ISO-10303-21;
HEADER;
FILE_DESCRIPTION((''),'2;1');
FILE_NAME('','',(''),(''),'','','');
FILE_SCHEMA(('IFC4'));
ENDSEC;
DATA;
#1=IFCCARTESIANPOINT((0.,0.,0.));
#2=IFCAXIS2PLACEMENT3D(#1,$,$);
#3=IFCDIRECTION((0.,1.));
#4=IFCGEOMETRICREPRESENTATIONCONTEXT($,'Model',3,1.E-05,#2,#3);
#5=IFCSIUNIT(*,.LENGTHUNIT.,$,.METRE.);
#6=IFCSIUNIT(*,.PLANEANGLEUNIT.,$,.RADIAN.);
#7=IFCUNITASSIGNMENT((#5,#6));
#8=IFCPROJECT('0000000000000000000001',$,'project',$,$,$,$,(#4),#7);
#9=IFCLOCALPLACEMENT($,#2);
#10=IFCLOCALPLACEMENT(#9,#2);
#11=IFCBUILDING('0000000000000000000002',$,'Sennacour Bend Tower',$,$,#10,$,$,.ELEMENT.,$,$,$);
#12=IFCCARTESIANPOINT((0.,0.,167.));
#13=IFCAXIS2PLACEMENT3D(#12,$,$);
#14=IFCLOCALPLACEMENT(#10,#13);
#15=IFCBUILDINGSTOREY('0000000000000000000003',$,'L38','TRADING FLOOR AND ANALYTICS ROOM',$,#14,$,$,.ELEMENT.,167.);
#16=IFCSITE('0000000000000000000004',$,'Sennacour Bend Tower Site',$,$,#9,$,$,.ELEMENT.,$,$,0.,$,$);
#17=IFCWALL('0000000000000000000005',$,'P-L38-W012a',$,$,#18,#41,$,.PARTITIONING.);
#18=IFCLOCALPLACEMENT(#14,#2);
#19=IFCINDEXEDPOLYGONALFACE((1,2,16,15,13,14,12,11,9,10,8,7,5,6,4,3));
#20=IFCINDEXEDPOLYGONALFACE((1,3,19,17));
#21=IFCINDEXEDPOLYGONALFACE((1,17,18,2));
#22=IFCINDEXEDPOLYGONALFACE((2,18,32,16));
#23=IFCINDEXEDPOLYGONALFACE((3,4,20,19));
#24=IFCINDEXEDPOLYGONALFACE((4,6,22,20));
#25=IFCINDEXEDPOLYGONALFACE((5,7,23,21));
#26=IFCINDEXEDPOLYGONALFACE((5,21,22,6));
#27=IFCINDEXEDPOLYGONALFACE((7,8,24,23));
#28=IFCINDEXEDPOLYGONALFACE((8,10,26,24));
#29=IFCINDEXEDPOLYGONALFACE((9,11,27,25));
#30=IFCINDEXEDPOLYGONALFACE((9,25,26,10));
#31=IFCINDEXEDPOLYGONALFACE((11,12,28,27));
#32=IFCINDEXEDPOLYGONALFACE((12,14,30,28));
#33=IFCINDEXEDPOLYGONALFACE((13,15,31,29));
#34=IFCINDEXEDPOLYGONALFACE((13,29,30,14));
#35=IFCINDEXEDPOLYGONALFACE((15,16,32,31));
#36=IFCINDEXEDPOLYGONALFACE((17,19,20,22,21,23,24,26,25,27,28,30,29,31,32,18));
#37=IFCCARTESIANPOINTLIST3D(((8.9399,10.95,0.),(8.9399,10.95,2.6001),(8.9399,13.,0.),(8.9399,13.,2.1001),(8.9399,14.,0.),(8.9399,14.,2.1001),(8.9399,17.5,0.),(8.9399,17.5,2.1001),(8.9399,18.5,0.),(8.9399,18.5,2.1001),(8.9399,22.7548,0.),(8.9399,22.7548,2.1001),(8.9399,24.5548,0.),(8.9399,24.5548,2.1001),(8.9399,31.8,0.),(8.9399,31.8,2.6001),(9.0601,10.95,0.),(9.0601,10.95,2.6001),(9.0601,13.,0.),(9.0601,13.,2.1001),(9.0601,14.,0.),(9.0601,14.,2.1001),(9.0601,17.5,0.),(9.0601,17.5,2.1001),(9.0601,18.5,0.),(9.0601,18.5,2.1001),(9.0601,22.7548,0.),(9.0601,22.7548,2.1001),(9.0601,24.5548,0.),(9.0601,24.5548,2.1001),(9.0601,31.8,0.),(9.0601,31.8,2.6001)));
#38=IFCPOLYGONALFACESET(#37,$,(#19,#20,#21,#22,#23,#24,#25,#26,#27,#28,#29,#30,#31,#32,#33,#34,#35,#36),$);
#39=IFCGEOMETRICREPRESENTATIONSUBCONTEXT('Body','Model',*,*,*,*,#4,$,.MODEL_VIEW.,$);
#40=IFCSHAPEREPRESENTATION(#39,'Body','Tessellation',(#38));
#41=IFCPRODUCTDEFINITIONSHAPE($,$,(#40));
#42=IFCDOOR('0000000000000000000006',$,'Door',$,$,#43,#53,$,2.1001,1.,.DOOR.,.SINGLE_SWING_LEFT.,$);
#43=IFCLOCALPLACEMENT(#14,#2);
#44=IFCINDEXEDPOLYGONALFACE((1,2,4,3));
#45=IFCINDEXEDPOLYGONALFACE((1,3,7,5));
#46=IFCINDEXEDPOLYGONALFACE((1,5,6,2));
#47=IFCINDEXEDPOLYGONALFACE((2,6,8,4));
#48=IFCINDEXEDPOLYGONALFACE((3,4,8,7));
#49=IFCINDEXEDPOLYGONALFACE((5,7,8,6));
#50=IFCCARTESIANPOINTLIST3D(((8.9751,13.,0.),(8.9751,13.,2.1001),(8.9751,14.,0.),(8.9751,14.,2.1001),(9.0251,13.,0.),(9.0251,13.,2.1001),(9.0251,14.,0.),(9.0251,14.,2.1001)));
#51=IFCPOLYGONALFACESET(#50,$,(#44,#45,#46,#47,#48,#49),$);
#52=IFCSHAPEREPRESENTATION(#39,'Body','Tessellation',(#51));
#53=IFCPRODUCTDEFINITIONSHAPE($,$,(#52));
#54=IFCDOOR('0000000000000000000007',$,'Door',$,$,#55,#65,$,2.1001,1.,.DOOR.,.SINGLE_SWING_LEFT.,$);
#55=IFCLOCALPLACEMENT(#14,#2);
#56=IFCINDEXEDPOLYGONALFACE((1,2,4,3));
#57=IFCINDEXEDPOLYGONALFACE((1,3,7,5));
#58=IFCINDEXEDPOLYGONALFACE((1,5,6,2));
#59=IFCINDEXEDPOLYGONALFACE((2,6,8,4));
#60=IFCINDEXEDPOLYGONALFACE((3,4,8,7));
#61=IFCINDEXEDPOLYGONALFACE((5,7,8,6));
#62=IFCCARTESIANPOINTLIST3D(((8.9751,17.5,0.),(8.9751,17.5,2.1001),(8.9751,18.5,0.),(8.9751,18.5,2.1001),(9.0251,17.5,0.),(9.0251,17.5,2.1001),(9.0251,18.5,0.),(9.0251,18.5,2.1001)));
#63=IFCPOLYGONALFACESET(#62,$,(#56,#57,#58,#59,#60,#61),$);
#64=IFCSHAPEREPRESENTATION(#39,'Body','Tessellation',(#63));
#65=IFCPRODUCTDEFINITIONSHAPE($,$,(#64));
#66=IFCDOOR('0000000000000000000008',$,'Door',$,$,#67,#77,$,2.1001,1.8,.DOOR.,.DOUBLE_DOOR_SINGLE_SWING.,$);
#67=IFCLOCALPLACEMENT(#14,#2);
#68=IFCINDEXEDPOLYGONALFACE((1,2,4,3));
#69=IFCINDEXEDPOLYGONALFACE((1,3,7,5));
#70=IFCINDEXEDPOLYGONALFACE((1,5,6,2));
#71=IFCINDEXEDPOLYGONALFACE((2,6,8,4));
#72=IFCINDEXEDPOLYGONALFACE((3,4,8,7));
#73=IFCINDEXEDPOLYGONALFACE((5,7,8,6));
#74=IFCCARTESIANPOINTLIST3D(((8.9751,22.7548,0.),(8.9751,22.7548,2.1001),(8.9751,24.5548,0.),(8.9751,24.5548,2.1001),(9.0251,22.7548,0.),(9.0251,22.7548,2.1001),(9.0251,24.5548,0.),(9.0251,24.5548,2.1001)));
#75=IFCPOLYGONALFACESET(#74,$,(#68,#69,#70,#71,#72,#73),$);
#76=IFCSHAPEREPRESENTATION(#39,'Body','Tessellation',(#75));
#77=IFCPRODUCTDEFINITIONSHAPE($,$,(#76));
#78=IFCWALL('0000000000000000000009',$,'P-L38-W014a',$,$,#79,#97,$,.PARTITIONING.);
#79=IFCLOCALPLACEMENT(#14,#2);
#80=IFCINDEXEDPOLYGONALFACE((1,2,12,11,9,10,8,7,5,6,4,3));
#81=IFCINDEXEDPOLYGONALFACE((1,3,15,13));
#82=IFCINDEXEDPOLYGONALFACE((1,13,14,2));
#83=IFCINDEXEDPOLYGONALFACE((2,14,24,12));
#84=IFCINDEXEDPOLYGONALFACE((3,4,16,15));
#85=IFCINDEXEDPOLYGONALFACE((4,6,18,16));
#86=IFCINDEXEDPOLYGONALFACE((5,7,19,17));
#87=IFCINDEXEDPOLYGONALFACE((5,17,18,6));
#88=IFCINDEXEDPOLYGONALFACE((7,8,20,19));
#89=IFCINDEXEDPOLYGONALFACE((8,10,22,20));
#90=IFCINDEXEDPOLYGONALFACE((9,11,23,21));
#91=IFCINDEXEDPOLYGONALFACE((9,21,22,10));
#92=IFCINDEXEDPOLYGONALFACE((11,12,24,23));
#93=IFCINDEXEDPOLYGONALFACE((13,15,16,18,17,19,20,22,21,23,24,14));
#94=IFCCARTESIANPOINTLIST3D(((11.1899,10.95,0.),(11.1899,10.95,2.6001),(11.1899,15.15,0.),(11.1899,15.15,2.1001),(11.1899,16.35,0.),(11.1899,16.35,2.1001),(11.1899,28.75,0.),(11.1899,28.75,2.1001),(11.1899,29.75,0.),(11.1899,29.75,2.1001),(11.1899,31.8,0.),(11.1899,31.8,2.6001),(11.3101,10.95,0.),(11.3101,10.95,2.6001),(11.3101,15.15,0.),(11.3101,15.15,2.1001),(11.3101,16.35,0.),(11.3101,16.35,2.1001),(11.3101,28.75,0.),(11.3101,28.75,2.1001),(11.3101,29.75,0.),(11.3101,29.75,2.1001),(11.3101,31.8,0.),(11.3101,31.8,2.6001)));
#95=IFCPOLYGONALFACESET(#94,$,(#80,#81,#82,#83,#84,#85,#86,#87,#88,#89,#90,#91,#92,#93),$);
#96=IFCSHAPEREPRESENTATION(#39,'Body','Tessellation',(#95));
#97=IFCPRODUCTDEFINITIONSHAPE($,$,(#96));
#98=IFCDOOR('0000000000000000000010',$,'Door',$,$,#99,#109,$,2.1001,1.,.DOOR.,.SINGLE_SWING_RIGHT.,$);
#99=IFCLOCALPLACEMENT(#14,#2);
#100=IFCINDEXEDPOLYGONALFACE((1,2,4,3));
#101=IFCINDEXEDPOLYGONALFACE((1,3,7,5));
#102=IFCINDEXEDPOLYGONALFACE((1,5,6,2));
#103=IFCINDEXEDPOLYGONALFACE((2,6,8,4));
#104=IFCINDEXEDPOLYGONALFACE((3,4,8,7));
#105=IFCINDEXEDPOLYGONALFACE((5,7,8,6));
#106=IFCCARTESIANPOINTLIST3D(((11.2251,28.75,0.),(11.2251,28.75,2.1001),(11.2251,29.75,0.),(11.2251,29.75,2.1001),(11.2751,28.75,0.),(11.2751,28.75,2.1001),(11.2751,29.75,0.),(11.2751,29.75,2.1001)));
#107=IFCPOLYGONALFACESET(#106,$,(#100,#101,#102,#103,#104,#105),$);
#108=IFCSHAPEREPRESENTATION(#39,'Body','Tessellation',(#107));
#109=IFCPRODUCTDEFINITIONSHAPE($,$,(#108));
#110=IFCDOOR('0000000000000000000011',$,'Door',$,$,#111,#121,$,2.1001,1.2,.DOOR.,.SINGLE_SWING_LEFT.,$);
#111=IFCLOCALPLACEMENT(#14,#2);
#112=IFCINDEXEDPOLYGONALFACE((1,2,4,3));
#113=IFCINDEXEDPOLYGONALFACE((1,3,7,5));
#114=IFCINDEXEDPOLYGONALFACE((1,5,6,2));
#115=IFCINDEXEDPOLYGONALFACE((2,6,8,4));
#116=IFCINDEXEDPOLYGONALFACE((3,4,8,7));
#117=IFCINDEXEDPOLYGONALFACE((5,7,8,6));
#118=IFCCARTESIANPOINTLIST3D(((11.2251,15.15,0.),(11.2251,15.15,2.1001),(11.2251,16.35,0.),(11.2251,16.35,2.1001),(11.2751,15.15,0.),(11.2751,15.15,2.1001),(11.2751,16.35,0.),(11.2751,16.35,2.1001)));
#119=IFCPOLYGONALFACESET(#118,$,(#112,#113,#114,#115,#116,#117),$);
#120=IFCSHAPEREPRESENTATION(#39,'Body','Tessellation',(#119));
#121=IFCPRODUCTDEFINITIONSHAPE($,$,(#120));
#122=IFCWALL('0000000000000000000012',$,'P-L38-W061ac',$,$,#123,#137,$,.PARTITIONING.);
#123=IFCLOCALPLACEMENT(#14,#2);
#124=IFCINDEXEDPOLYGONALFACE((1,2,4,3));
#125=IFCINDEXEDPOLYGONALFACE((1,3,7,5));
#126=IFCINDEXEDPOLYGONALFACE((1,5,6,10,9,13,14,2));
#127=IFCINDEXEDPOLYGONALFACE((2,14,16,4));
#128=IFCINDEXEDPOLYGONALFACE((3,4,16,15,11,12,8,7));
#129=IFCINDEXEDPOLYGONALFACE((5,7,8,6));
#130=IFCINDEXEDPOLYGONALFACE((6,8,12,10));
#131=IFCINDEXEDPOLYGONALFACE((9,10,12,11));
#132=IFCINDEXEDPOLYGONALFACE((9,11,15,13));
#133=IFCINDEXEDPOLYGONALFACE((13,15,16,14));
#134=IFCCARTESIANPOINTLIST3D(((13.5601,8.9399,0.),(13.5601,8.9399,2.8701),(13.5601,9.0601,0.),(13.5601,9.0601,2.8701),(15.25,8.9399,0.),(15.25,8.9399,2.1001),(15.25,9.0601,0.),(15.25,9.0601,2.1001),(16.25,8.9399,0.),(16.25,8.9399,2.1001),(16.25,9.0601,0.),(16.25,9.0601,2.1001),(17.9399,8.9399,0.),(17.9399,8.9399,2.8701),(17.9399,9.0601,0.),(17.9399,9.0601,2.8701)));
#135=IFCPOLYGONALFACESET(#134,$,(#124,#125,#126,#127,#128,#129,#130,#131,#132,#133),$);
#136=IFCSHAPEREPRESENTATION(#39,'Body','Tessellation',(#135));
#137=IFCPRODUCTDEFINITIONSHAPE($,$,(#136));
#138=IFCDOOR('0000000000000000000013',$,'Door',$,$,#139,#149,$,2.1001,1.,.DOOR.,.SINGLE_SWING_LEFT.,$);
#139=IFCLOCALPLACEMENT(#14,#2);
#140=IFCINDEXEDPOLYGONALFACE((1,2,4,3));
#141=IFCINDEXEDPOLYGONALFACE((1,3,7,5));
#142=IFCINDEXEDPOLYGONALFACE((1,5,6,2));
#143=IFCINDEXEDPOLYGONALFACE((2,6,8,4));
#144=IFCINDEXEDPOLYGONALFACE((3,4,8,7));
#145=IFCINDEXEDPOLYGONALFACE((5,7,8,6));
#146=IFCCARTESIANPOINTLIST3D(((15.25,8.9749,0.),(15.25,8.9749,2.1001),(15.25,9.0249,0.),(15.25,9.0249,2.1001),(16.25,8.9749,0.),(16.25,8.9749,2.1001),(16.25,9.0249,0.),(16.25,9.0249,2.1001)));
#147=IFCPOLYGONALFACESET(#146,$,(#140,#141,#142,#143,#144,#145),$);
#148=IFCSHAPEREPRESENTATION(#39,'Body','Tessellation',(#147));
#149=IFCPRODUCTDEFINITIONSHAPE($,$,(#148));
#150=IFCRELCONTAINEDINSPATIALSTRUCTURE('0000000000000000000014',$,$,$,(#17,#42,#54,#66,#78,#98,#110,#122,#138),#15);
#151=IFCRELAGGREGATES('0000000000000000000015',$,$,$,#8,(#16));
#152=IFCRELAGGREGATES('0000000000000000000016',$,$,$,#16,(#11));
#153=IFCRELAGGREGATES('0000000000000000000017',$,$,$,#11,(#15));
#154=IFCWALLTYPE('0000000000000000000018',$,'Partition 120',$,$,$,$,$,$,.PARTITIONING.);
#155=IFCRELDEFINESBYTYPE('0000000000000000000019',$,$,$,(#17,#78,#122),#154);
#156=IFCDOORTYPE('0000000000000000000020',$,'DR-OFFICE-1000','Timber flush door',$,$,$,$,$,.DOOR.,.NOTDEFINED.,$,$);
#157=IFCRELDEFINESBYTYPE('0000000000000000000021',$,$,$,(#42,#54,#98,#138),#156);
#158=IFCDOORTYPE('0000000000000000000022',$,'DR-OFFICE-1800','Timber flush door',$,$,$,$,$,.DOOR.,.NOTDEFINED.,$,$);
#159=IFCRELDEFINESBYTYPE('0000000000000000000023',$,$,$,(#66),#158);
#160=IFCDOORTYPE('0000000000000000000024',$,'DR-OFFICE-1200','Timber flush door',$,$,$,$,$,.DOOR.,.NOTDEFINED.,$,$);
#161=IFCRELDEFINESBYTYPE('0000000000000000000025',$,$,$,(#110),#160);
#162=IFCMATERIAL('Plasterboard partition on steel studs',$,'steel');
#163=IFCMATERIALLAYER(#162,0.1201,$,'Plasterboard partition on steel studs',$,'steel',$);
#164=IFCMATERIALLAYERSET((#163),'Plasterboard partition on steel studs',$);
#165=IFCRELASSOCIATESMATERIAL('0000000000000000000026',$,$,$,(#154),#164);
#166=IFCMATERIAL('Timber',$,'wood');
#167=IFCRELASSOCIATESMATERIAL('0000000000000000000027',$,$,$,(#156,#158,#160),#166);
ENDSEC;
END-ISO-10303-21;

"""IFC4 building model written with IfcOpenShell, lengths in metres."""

from ifc_helpers import new_model, si_unit, direction, frame, frame_2d, origin, place, context, subcontext, project, spatial, rectangle, extrude, material, layer, layer_set, type_object, element, fill, save


model = new_model("IFC4")

# Units and contexts
model_context = context("Model", 3, precision=1e-05, world=origin(), true_north=direction((0.0, 1.0)))
body_context = subcontext(model_context, "Body", "Model", "MODEL_VIEW")
ifc_project = project(units=[si_unit("LENGTHUNIT", "METRE"), si_unit("PLANEANGLEUNIT", "RADIAN")], contexts=[model_context])

# Site, building, storey
site_placement = place(None, origin())
site = spatial("IfcSite", under=ifc_project, at=site_placement, Name="Sennacour Bend Tower Site", CompositionType="ELEMENT", RefElevation=0.0)
building_placement = place(site_placement, origin())
building = spatial("IfcBuilding", under=site, at=building_placement, Name="Sennacour Bend Tower", CompositionType="ELEMENT")
storey_placement = place(building_placement, frame((0.0, 0.0, 167.0)))
storey = spatial("IfcBuildingStorey", under=building, at=storey_placement, Name="L38", Description="TRADING FLOOR AND ANALYTICS ROOM", CompositionType="ELEMENT", Elevation=167.0)

# Walls, openings, doors
ifc_material_1 = material(Name="Plasterboard partition on steel studs", Category="steel")
ifc_layer_1 = layer(ifc_material_1, 0.1201, Name="Plasterboard partition on steel studs", Category="steel")
ifc_layer_set_1 = layer_set([ifc_layer_1], Name="Plasterboard partition on steel studs")
wall_type_1 = type_object("IfcWallType", Name="Partition 120", PredefinedType="PARTITIONING", material=ifc_layer_set_1)
wall_1_placement = place(storey_placement, frame((9.0, 10.95, 0.0), z_axis=(0.0, 0.0, 1.0), x_axis=(0.0, 1.0, 0.0)))
wall_1 = element("IfcWall", 1, at=wall_1_placement, inside=storey, type_object=wall_type_1, Name="P-L38-W012a", PredefinedType="PARTITIONING", context=body_context, shape_type="SweptSolid", body=[
    extrude(rectangle(XDim=20.8501, YDim=0.1201, at=frame_2d((10.425, 0.0))), origin(), (0.0, 0.0, 1.0), 2.6001),
])
opening_1_placement = place(wall_1_placement, frame((2.05, 0.0, 0.0)))
opening_1 = element("IfcOpeningElement", 2, at=opening_1_placement, cuts=wall_1, PredefinedType="OPENING", context=body_context, shape_type="SweptSolid", body=[
    extrude(rectangle(XDim=1.0, YDim=2.1001, at=frame_2d((0.5, 1.05))), frame((0.0, 0.0701, 0.0), z_axis=(0.0, -1.0, 0.0), x_axis=(1.0, 0.0, 0.0)), (0.0, 0.0, 1.0), 0.1401),
])
opening_2_placement = place(wall_1_placement, frame((6.55, 0.0, 0.0)))
opening_2 = element("IfcOpeningElement", 3, at=opening_2_placement, cuts=wall_1, PredefinedType="OPENING", context=body_context, shape_type="SweptSolid", body=[
    extrude(rectangle(XDim=1.0, YDim=2.1001, at=frame_2d((0.5, 1.05))), frame((0.0, 0.0701, 0.0), z_axis=(0.0, -1.0, 0.0), x_axis=(1.0, 0.0, 0.0)), (0.0, 0.0, 1.0), 0.1401),
])
opening_3_placement = place(wall_1_placement, frame((11.8049, 0.0, 0.0)))
opening_3 = element("IfcOpeningElement", 4, at=opening_3_placement, cuts=wall_1, PredefinedType="OPENING", context=body_context, shape_type="SweptSolid", body=[
    extrude(rectangle(XDim=1.8, YDim=2.1001, at=frame_2d((0.8999, 1.05))), frame((0.0, 0.0701, 0.0), z_axis=(0.0, -1.0, 0.0), x_axis=(1.0, 0.0, 0.0)), (0.0, 0.0, 1.0), 0.1401),
])
ifc_material_2 = material(Name="Timber", Category="wood")
door_type_1 = type_object("IfcDoorType", Name="DR-OFFICE-1000", Description="Timber flush door", OperationType="NOTDEFINED", PredefinedType="DOOR", material=ifc_material_2)
door_1_placement = place(opening_1_placement, origin())
door_1 = element("IfcDoor", 5, at=door_1_placement, inside=storey, type_object=door_type_1, Name="Door", OperationType="SINGLE_SWING_LEFT", OverallHeight=2.1001, OverallWidth=1.0, PredefinedType="DOOR", context=body_context, shape_type="SweptSolid", body=[
    extrude(rectangle(XDim=1.0, YDim=2.1001, at=frame_2d((0.5, 1.05))), frame((0.0, 0.0249, 0.0), z_axis=(0.0, -1.0, 0.0), x_axis=(1.0, 0.0, 0.0)), (0.0, 0.0, 1.0), 0.05),
])
fill(opening_1, door_1)
door_2_placement = place(opening_2_placement, origin())
door_2 = element("IfcDoor", 6, at=door_2_placement, inside=storey, type_object=door_type_1, Name="Door", OperationType="SINGLE_SWING_LEFT", OverallHeight=2.1001, OverallWidth=1.0, PredefinedType="DOOR", context=body_context, shape_type="SweptSolid", body=[
    extrude(rectangle(XDim=1.0, YDim=2.1001, at=frame_2d((0.5, 1.05))), frame((0.0, 0.0249, 0.0), z_axis=(0.0, -1.0, 0.0), x_axis=(1.0, 0.0, 0.0)), (0.0, 0.0, 1.0), 0.05),
])
fill(opening_2, door_2)
door_type_2 = type_object("IfcDoorType", Name="DR-OFFICE-1800", Description="Timber flush door", OperationType="NOTDEFINED", PredefinedType="DOOR", material=ifc_material_2)
door_3_placement = place(opening_3_placement, origin())
door_3 = element("IfcDoor", 7, at=door_3_placement, inside=storey, type_object=door_type_2, Name="Door", OperationType="DOUBLE_DOOR_SINGLE_SWING", OverallHeight=2.1001, OverallWidth=1.8, PredefinedType="DOOR", context=body_context, shape_type="SweptSolid", body=[
    extrude(rectangle(XDim=1.8, YDim=2.1001, at=frame_2d((0.8999, 1.05))), frame((0.0, 0.0249, 0.0), z_axis=(0.0, -1.0, 0.0), x_axis=(1.0, 0.0, 0.0)), (0.0, 0.0, 1.0), 0.05),
])
fill(opening_3, door_3)
wall_2_placement = place(storey_placement, frame((11.25, 10.95, 0.0), z_axis=(0.0, 0.0, 1.0), x_axis=(0.0, 1.0, 0.0)))
wall_2 = element("IfcWall", 8, at=wall_2_placement, inside=storey, type_object=wall_type_1, Name="P-L38-W014a", PredefinedType="PARTITIONING", context=body_context, shape_type="SweptSolid", body=[
    extrude(rectangle(XDim=20.8501, YDim=0.1201, at=frame_2d((10.425, 0.0))), origin(), (0.0, 0.0, 1.0), 2.6001),
])
opening_4_placement = place(wall_2_placement, frame((17.8, 0.0, 0.0)))
opening_4 = element("IfcOpeningElement", 9, at=opening_4_placement, cuts=wall_2, PredefinedType="OPENING", context=body_context, shape_type="SweptSolid", body=[
    extrude(rectangle(XDim=1.0, YDim=2.1001, at=frame_2d((0.5, 1.05))), frame((0.0, 0.0701, 0.0), z_axis=(0.0, -1.0, 0.0), x_axis=(1.0, 0.0, 0.0)), (0.0, 0.0, 1.0), 0.1401),
])
opening_5_placement = place(wall_2_placement, frame((4.2, 0.0, 0.0)))
opening_5 = element("IfcOpeningElement", 10, at=opening_5_placement, cuts=wall_2, PredefinedType="OPENING", context=body_context, shape_type="SweptSolid", body=[
    extrude(rectangle(XDim=1.2, YDim=2.1001, at=frame_2d((0.6001, 1.05))), frame((0.0, 0.0701, 0.0), z_axis=(0.0, -1.0, 0.0), x_axis=(1.0, 0.0, 0.0)), (0.0, 0.0, 1.0), 0.1401),
])
door_4_placement = place(opening_4_placement, origin())
door_4 = element("IfcDoor", 11, at=door_4_placement, inside=storey, type_object=door_type_1, Name="Door", OperationType="SINGLE_SWING_RIGHT", OverallHeight=2.1001, OverallWidth=1.0, PredefinedType="DOOR", context=body_context, shape_type="SweptSolid", body=[
    extrude(rectangle(XDim=1.0, YDim=2.1001, at=frame_2d((0.5, 1.05))), frame((0.0, 0.0249, 0.0), z_axis=(0.0, -1.0, 0.0), x_axis=(1.0, 0.0, 0.0)), (0.0, 0.0, 1.0), 0.05),
])
fill(opening_4, door_4)
door_type_3 = type_object("IfcDoorType", Name="DR-OFFICE-1200", Description="Timber flush door", OperationType="NOTDEFINED", PredefinedType="DOOR", material=ifc_material_2)
door_5_placement = place(opening_5_placement, origin())
door_5 = element("IfcDoor", 12, at=door_5_placement, inside=storey, type_object=door_type_3, Name="Door", OperationType="SINGLE_SWING_LEFT", OverallHeight=2.1001, OverallWidth=1.2, PredefinedType="DOOR", context=body_context, shape_type="SweptSolid", body=[
    extrude(rectangle(XDim=1.2, YDim=2.1001, at=frame_2d((0.6001, 1.05))), frame((0.0, 0.0249, 0.0), z_axis=(0.0, -1.0, 0.0), x_axis=(1.0, 0.0, 0.0)), (0.0, 0.0, 1.0), 0.05),
])
fill(opening_5, door_5)

# Wall, opening, door
wall_3_placement = place(storey_placement, frame((13.5601, 9.0, 0.0), z_axis=(0.0, 0.0, 1.0), x_axis=(1.0, 0.0, 0.0)))
wall_3 = element("IfcWall", 13, at=wall_3_placement, inside=storey, type_object=wall_type_1, Name="P-L38-W061ac", PredefinedType="PARTITIONING", context=body_context, shape_type="SweptSolid", body=[
    extrude(rectangle(XDim=4.3799, YDim=0.1201, at=frame_2d((2.1899, 0.0))), origin(), (0.0, 0.0, 1.0), 2.8701),
])
opening_6_placement = place(wall_3_placement, frame((1.6899, 0.0, 0.0)))
opening_6 = element("IfcOpeningElement", 14, at=opening_6_placement, cuts=wall_3, PredefinedType="OPENING", context=body_context, shape_type="SweptSolid", body=[
    extrude(rectangle(XDim=1.0, YDim=2.1001, at=frame_2d((0.5, 1.05))), frame((0.0, 0.0701, 0.0), z_axis=(0.0, -1.0, 0.0), x_axis=(1.0, 0.0, 0.0)), (0.0, 0.0, 1.0), 0.1401),
])
door_6_placement = place(opening_6_placement, origin())
door_6 = element("IfcDoor", 15, at=door_6_placement, inside=storey, type_object=door_type_1, Name="Door", OperationType="SINGLE_SWING_LEFT", OverallHeight=2.1001, OverallWidth=1.0, PredefinedType="DOOR", context=body_context, shape_type="SweptSolid", body=[
    extrude(rectangle(XDim=1.0, YDim=2.1001, at=frame_2d((0.5, 1.05))), frame((0.0, 0.0249, 0.0), z_axis=(0.0, -1.0, 0.0), x_axis=(1.0, 0.0, 0.0)), (0.0, 0.0, 1.0), 0.05),
])
fill(opening_6, door_6)

save(model, "model.ifc")
